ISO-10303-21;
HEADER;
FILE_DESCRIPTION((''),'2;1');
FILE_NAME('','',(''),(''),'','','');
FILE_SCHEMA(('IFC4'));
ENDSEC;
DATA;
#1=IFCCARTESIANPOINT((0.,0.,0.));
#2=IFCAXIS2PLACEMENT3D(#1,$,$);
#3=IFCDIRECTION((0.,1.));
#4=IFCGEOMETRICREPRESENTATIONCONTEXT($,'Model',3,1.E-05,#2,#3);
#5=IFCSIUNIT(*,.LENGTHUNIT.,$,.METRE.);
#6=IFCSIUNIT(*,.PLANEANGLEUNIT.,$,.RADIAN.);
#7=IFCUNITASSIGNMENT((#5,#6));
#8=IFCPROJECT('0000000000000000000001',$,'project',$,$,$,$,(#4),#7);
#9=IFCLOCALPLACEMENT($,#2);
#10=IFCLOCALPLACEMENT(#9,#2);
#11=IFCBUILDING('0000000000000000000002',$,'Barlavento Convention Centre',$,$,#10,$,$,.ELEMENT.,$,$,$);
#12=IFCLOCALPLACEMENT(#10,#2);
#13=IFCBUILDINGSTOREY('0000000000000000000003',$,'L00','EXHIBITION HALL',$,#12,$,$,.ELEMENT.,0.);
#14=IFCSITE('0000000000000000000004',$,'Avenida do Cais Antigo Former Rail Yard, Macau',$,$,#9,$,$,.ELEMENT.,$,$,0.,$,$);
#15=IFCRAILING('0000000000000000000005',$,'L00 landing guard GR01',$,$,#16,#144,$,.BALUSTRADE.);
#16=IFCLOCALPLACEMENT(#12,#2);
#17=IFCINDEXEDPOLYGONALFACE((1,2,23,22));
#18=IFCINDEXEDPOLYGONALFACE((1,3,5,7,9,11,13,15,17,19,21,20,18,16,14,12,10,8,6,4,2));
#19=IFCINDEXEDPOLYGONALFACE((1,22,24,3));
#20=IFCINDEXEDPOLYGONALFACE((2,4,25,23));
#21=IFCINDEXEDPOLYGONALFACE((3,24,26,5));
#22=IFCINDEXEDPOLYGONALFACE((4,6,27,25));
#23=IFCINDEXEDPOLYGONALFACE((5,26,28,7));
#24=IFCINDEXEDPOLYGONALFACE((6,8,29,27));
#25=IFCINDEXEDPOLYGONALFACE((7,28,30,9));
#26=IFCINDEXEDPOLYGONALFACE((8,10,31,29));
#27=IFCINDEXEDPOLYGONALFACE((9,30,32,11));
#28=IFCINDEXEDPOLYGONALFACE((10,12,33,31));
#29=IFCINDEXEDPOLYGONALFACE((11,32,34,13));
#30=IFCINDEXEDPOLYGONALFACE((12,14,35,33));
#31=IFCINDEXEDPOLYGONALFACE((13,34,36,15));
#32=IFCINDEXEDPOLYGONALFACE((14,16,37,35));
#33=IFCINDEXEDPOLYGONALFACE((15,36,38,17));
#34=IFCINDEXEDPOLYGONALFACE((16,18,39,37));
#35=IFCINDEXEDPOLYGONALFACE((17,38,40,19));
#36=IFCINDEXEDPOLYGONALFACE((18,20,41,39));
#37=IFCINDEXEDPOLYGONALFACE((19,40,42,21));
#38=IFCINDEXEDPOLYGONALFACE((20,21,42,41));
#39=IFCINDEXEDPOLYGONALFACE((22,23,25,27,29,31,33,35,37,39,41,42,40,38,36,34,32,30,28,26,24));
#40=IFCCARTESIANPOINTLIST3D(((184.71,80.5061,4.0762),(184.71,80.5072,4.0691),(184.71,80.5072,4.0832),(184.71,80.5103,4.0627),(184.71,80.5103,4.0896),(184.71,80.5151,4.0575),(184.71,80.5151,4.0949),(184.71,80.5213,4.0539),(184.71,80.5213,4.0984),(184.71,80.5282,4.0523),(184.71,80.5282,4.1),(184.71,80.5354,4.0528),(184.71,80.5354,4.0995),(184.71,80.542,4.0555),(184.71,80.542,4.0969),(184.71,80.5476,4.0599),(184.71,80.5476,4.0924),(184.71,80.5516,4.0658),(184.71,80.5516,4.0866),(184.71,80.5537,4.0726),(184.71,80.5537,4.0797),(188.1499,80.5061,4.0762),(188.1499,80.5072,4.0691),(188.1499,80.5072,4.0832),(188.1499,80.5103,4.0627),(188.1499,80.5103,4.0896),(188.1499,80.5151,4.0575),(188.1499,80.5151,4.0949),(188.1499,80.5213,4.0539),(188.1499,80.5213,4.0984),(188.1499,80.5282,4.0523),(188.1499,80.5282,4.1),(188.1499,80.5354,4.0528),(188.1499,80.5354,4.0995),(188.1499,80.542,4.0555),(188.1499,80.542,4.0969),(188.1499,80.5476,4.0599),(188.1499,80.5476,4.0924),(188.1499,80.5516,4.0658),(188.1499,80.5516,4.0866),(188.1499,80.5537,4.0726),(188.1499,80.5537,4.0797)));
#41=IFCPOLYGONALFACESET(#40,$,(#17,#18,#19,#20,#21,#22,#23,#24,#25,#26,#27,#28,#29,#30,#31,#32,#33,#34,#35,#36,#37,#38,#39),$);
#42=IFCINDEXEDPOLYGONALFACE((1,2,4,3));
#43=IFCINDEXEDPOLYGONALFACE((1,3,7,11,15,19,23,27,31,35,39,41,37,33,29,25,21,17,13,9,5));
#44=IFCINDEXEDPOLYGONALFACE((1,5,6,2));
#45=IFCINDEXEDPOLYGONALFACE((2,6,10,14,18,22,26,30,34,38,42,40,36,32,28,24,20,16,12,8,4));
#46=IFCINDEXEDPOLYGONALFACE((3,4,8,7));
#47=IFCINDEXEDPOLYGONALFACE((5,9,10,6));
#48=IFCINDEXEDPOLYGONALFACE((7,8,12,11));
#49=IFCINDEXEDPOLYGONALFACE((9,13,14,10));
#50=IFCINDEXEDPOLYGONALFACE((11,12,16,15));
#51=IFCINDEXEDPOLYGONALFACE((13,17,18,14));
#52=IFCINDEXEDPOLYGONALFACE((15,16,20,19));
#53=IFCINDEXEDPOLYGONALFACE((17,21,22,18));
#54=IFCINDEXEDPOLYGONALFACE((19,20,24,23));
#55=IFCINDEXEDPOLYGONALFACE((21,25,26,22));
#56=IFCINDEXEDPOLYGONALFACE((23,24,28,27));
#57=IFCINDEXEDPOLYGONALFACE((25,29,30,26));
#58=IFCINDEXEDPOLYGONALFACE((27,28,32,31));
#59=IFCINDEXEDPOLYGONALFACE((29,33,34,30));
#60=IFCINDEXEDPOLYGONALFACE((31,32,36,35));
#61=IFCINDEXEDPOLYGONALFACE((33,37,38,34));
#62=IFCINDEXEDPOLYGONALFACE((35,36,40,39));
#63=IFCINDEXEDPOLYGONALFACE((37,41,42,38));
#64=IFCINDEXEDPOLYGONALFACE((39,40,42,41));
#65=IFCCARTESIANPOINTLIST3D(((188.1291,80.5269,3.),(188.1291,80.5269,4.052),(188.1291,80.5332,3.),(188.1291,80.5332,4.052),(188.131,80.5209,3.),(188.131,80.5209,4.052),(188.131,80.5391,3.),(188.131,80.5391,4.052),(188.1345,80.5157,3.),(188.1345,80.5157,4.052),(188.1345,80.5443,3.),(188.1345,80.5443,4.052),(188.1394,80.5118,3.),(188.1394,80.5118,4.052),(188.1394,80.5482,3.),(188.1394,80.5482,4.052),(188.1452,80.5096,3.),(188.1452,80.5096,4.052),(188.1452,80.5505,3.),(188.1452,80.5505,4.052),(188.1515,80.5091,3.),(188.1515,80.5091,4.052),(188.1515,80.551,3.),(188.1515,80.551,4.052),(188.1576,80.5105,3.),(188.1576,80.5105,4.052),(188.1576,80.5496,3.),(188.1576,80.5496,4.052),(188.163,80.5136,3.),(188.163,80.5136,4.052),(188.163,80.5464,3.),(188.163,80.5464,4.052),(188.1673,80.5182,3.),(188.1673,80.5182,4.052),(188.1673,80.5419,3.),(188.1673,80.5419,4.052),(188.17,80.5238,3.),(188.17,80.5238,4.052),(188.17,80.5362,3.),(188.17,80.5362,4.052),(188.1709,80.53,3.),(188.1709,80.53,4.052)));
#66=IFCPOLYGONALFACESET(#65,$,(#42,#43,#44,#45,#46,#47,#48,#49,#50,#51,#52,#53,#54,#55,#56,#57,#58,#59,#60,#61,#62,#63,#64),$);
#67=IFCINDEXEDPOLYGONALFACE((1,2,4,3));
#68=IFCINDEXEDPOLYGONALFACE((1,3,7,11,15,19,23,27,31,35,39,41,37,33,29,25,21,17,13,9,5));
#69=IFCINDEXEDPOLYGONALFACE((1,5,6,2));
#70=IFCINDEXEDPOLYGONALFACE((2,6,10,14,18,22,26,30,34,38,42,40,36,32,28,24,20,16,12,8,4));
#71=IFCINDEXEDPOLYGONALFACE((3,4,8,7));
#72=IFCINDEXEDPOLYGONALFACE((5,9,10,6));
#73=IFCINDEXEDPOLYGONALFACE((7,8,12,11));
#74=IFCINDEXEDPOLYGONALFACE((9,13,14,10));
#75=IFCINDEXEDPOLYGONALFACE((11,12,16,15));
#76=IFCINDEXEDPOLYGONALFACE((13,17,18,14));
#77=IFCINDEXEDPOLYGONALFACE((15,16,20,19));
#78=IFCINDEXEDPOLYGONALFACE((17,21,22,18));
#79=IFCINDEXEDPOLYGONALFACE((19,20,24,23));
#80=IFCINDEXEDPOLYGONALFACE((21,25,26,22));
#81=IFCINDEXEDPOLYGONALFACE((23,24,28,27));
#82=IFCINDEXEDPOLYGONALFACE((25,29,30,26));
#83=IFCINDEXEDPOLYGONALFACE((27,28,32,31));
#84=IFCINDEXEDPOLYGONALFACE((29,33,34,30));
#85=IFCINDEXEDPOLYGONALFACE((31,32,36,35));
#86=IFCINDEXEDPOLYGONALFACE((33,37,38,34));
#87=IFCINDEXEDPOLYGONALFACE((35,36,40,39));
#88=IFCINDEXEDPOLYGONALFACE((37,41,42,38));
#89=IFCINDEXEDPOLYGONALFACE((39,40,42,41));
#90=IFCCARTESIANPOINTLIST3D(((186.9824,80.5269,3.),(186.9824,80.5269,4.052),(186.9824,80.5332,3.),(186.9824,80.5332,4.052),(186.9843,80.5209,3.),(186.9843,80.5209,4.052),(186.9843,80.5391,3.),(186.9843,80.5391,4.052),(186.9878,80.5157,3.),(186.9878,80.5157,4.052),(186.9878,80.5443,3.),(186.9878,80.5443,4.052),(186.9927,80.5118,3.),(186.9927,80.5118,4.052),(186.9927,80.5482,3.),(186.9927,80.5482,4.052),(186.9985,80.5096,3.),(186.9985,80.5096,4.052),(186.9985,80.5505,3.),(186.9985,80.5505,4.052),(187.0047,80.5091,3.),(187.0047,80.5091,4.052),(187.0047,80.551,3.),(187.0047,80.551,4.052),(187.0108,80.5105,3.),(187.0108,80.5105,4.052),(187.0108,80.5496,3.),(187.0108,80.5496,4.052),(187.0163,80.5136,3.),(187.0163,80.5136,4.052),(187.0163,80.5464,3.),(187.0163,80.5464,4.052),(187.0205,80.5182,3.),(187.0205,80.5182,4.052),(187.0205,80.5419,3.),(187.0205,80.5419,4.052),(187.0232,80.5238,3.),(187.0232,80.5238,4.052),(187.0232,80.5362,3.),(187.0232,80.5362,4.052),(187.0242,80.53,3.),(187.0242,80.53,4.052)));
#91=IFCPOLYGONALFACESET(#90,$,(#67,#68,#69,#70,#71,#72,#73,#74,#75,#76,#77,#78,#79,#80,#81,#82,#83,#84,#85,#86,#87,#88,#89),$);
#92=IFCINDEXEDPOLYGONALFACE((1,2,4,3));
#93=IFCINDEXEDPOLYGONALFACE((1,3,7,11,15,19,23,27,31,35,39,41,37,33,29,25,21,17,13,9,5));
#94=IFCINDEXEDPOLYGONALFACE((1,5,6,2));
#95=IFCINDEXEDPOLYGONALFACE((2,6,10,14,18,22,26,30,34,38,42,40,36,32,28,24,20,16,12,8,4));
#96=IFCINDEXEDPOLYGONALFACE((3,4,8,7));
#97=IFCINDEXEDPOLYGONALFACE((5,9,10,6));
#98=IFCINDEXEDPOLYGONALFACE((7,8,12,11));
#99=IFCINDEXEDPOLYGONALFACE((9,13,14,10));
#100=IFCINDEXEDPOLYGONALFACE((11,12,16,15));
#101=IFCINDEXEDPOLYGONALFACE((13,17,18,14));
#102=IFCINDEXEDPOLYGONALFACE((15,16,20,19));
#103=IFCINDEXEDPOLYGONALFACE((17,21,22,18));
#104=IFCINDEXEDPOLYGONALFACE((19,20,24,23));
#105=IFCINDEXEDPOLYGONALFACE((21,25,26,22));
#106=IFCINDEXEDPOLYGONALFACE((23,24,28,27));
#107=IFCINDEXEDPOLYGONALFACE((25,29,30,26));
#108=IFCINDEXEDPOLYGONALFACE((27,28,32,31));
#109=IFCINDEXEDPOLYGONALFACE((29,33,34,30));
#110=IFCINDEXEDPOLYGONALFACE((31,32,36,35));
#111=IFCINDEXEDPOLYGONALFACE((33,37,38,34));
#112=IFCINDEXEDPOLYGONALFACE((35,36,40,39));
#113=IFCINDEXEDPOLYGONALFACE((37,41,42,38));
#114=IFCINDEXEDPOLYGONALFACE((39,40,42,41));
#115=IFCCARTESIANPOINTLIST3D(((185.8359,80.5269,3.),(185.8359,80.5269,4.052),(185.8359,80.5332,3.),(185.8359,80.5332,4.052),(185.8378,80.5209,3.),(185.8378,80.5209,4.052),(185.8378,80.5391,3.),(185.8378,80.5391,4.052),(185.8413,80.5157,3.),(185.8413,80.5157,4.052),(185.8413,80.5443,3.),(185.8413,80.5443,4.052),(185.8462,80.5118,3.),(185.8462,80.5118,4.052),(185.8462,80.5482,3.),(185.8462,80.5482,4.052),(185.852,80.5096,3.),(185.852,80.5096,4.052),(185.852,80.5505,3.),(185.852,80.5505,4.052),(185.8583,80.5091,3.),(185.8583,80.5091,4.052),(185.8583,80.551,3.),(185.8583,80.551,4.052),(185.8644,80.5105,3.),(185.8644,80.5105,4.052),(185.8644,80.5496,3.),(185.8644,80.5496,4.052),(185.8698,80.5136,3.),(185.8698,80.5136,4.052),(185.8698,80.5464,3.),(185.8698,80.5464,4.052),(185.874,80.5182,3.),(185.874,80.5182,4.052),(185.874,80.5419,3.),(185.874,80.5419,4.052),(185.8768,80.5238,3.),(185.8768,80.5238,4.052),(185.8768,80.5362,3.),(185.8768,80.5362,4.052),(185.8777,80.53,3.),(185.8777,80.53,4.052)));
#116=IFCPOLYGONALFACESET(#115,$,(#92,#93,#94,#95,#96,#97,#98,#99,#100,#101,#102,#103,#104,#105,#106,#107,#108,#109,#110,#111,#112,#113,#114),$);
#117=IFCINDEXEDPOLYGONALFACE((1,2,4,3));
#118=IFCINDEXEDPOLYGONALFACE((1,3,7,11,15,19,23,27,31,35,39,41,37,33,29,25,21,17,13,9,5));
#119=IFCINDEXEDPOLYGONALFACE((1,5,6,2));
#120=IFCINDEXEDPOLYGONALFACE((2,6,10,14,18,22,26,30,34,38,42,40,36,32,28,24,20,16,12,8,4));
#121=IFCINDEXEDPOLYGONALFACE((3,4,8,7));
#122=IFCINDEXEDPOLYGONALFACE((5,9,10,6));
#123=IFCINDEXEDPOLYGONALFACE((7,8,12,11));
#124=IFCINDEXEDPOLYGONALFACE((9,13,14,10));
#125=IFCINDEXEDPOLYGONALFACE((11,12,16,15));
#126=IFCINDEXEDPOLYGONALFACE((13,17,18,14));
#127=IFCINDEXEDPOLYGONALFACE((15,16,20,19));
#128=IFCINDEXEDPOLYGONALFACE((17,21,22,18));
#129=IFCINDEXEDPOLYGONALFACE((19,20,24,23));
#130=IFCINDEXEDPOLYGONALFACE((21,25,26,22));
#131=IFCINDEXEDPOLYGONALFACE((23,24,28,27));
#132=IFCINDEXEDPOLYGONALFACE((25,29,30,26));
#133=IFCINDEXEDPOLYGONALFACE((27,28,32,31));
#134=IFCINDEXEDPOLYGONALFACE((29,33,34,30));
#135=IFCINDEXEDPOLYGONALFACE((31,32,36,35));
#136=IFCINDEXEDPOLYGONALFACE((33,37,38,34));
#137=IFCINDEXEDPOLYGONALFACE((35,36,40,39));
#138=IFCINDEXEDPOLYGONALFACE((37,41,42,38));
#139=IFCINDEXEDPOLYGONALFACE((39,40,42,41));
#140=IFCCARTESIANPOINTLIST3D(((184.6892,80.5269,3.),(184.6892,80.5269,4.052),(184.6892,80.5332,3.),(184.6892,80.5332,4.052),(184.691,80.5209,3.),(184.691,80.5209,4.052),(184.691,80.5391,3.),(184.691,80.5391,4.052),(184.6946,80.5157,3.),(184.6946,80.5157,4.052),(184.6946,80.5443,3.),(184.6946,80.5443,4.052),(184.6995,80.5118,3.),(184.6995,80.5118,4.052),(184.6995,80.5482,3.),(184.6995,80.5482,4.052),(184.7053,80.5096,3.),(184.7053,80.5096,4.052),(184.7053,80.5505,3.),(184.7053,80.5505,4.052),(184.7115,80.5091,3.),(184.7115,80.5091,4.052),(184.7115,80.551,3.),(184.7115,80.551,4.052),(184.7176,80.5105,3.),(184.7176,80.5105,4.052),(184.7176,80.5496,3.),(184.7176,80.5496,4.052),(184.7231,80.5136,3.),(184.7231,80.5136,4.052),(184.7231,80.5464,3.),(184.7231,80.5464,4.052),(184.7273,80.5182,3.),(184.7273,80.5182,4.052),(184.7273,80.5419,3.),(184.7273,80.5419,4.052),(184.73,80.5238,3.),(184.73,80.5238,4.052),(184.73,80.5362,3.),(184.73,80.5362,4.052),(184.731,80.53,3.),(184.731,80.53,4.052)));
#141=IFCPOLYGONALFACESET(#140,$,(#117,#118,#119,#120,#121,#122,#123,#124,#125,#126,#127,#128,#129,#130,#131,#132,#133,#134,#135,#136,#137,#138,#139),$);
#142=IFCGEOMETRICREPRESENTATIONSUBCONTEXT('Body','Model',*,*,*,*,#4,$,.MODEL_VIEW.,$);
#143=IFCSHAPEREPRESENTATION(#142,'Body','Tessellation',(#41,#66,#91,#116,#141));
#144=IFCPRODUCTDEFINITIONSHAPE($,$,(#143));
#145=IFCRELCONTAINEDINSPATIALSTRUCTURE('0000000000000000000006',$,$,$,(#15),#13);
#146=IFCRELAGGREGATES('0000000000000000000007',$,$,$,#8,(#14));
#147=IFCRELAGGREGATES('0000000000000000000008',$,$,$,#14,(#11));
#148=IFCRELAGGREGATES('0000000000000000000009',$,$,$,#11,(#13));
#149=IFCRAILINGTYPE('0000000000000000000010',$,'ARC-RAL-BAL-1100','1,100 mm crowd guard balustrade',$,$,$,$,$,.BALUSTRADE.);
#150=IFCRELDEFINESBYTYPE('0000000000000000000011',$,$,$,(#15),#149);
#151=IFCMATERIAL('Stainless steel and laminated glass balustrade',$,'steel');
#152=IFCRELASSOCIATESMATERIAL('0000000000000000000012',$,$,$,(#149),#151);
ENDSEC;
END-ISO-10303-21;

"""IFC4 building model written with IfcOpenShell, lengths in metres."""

from ifc_helpers import new_model, si_unit, direction, frame, origin, origin_2d, place, context, subcontext, project, spatial, circle, extrude, material, type_object, element, save


model = new_model("IFC4")

# Units and contexts
model_context = context("Model", 3, precision=1e-05, world=origin(), true_north=direction((0.0, 1.0)))
body_context = subcontext(model_context, "Body", "Model", "MODEL_VIEW")
ifc_project = project(units=[si_unit("LENGTHUNIT", "METRE"), si_unit("PLANEANGLEUNIT", "RADIAN")], contexts=[model_context])

# Site, building, storey
site_placement = place(None, origin())
site = spatial("IfcSite", under=ifc_project, at=site_placement, Name="Avenida do Cais Antigo Former Rail Yard, Macau", CompositionType="ELEMENT", RefElevation=0.0)
building_placement = place(site_placement, origin())
building = spatial("IfcBuilding", under=site, at=building_placement, Name="Barlavento Convention Centre", CompositionType="ELEMENT")
storey_placement = place(building_placement, origin())
storey = spatial("IfcBuildingStorey", under=building, at=storey_placement, Name="L00", Description="EXHIBITION HALL", CompositionType="ELEMENT", Elevation=0.0)

# Railing
ifc_material_1 = material(Name="Stainless steel and laminated glass balustrade", Category="steel")
railing_type = type_object("IfcRailingType", Name="ARC-RAL-BAL-1100", Description="1,100 mm crowd guard balustrade", PredefinedType="BALUSTRADE", material=ifc_material_1)
for number, where, name in (
    (1, (188.1499, 80.53, 3.0), "L00 landing guard GR01"),
):
    element("IfcRailing", number, at=place(storey_placement, frame(where)), inside=storey, type_object=railing_type, Name=name, PredefinedType="BALUSTRADE", context=body_context, shape_type="SweptSolid", body=[
        extrude(circle(Radius=0.0239, at=origin_2d()), frame((0.0, 0.0, 1.0762), z_axis=(-1.0, 0.0, 0.0), x_axis=(0.0, -1.0, 0.0)), (0.0, 0.0, 1.0), 3.4399),
        extrude(circle(Radius=0.021, at=origin_2d()), origin(), (0.0, 0.0, 1.0), 1.052),
        extrude(circle(Radius=0.021, at=origin_2d()), frame((-1.1467, 0.0, 0.0)), (0.0, 0.0, 1.0), 1.052),
        extrude(circle(Radius=0.021, at=origin_2d()), frame((-2.2932, 0.0, 0.0)), (0.0, 0.0, 1.0), 1.052),
        extrude(circle(Radius=0.021, at=origin_2d()), frame((-3.4399, 0.0, 0.0)), (0.0, 0.0, 1.0), 1.052),
    ])

save(model, "model.ifc")
